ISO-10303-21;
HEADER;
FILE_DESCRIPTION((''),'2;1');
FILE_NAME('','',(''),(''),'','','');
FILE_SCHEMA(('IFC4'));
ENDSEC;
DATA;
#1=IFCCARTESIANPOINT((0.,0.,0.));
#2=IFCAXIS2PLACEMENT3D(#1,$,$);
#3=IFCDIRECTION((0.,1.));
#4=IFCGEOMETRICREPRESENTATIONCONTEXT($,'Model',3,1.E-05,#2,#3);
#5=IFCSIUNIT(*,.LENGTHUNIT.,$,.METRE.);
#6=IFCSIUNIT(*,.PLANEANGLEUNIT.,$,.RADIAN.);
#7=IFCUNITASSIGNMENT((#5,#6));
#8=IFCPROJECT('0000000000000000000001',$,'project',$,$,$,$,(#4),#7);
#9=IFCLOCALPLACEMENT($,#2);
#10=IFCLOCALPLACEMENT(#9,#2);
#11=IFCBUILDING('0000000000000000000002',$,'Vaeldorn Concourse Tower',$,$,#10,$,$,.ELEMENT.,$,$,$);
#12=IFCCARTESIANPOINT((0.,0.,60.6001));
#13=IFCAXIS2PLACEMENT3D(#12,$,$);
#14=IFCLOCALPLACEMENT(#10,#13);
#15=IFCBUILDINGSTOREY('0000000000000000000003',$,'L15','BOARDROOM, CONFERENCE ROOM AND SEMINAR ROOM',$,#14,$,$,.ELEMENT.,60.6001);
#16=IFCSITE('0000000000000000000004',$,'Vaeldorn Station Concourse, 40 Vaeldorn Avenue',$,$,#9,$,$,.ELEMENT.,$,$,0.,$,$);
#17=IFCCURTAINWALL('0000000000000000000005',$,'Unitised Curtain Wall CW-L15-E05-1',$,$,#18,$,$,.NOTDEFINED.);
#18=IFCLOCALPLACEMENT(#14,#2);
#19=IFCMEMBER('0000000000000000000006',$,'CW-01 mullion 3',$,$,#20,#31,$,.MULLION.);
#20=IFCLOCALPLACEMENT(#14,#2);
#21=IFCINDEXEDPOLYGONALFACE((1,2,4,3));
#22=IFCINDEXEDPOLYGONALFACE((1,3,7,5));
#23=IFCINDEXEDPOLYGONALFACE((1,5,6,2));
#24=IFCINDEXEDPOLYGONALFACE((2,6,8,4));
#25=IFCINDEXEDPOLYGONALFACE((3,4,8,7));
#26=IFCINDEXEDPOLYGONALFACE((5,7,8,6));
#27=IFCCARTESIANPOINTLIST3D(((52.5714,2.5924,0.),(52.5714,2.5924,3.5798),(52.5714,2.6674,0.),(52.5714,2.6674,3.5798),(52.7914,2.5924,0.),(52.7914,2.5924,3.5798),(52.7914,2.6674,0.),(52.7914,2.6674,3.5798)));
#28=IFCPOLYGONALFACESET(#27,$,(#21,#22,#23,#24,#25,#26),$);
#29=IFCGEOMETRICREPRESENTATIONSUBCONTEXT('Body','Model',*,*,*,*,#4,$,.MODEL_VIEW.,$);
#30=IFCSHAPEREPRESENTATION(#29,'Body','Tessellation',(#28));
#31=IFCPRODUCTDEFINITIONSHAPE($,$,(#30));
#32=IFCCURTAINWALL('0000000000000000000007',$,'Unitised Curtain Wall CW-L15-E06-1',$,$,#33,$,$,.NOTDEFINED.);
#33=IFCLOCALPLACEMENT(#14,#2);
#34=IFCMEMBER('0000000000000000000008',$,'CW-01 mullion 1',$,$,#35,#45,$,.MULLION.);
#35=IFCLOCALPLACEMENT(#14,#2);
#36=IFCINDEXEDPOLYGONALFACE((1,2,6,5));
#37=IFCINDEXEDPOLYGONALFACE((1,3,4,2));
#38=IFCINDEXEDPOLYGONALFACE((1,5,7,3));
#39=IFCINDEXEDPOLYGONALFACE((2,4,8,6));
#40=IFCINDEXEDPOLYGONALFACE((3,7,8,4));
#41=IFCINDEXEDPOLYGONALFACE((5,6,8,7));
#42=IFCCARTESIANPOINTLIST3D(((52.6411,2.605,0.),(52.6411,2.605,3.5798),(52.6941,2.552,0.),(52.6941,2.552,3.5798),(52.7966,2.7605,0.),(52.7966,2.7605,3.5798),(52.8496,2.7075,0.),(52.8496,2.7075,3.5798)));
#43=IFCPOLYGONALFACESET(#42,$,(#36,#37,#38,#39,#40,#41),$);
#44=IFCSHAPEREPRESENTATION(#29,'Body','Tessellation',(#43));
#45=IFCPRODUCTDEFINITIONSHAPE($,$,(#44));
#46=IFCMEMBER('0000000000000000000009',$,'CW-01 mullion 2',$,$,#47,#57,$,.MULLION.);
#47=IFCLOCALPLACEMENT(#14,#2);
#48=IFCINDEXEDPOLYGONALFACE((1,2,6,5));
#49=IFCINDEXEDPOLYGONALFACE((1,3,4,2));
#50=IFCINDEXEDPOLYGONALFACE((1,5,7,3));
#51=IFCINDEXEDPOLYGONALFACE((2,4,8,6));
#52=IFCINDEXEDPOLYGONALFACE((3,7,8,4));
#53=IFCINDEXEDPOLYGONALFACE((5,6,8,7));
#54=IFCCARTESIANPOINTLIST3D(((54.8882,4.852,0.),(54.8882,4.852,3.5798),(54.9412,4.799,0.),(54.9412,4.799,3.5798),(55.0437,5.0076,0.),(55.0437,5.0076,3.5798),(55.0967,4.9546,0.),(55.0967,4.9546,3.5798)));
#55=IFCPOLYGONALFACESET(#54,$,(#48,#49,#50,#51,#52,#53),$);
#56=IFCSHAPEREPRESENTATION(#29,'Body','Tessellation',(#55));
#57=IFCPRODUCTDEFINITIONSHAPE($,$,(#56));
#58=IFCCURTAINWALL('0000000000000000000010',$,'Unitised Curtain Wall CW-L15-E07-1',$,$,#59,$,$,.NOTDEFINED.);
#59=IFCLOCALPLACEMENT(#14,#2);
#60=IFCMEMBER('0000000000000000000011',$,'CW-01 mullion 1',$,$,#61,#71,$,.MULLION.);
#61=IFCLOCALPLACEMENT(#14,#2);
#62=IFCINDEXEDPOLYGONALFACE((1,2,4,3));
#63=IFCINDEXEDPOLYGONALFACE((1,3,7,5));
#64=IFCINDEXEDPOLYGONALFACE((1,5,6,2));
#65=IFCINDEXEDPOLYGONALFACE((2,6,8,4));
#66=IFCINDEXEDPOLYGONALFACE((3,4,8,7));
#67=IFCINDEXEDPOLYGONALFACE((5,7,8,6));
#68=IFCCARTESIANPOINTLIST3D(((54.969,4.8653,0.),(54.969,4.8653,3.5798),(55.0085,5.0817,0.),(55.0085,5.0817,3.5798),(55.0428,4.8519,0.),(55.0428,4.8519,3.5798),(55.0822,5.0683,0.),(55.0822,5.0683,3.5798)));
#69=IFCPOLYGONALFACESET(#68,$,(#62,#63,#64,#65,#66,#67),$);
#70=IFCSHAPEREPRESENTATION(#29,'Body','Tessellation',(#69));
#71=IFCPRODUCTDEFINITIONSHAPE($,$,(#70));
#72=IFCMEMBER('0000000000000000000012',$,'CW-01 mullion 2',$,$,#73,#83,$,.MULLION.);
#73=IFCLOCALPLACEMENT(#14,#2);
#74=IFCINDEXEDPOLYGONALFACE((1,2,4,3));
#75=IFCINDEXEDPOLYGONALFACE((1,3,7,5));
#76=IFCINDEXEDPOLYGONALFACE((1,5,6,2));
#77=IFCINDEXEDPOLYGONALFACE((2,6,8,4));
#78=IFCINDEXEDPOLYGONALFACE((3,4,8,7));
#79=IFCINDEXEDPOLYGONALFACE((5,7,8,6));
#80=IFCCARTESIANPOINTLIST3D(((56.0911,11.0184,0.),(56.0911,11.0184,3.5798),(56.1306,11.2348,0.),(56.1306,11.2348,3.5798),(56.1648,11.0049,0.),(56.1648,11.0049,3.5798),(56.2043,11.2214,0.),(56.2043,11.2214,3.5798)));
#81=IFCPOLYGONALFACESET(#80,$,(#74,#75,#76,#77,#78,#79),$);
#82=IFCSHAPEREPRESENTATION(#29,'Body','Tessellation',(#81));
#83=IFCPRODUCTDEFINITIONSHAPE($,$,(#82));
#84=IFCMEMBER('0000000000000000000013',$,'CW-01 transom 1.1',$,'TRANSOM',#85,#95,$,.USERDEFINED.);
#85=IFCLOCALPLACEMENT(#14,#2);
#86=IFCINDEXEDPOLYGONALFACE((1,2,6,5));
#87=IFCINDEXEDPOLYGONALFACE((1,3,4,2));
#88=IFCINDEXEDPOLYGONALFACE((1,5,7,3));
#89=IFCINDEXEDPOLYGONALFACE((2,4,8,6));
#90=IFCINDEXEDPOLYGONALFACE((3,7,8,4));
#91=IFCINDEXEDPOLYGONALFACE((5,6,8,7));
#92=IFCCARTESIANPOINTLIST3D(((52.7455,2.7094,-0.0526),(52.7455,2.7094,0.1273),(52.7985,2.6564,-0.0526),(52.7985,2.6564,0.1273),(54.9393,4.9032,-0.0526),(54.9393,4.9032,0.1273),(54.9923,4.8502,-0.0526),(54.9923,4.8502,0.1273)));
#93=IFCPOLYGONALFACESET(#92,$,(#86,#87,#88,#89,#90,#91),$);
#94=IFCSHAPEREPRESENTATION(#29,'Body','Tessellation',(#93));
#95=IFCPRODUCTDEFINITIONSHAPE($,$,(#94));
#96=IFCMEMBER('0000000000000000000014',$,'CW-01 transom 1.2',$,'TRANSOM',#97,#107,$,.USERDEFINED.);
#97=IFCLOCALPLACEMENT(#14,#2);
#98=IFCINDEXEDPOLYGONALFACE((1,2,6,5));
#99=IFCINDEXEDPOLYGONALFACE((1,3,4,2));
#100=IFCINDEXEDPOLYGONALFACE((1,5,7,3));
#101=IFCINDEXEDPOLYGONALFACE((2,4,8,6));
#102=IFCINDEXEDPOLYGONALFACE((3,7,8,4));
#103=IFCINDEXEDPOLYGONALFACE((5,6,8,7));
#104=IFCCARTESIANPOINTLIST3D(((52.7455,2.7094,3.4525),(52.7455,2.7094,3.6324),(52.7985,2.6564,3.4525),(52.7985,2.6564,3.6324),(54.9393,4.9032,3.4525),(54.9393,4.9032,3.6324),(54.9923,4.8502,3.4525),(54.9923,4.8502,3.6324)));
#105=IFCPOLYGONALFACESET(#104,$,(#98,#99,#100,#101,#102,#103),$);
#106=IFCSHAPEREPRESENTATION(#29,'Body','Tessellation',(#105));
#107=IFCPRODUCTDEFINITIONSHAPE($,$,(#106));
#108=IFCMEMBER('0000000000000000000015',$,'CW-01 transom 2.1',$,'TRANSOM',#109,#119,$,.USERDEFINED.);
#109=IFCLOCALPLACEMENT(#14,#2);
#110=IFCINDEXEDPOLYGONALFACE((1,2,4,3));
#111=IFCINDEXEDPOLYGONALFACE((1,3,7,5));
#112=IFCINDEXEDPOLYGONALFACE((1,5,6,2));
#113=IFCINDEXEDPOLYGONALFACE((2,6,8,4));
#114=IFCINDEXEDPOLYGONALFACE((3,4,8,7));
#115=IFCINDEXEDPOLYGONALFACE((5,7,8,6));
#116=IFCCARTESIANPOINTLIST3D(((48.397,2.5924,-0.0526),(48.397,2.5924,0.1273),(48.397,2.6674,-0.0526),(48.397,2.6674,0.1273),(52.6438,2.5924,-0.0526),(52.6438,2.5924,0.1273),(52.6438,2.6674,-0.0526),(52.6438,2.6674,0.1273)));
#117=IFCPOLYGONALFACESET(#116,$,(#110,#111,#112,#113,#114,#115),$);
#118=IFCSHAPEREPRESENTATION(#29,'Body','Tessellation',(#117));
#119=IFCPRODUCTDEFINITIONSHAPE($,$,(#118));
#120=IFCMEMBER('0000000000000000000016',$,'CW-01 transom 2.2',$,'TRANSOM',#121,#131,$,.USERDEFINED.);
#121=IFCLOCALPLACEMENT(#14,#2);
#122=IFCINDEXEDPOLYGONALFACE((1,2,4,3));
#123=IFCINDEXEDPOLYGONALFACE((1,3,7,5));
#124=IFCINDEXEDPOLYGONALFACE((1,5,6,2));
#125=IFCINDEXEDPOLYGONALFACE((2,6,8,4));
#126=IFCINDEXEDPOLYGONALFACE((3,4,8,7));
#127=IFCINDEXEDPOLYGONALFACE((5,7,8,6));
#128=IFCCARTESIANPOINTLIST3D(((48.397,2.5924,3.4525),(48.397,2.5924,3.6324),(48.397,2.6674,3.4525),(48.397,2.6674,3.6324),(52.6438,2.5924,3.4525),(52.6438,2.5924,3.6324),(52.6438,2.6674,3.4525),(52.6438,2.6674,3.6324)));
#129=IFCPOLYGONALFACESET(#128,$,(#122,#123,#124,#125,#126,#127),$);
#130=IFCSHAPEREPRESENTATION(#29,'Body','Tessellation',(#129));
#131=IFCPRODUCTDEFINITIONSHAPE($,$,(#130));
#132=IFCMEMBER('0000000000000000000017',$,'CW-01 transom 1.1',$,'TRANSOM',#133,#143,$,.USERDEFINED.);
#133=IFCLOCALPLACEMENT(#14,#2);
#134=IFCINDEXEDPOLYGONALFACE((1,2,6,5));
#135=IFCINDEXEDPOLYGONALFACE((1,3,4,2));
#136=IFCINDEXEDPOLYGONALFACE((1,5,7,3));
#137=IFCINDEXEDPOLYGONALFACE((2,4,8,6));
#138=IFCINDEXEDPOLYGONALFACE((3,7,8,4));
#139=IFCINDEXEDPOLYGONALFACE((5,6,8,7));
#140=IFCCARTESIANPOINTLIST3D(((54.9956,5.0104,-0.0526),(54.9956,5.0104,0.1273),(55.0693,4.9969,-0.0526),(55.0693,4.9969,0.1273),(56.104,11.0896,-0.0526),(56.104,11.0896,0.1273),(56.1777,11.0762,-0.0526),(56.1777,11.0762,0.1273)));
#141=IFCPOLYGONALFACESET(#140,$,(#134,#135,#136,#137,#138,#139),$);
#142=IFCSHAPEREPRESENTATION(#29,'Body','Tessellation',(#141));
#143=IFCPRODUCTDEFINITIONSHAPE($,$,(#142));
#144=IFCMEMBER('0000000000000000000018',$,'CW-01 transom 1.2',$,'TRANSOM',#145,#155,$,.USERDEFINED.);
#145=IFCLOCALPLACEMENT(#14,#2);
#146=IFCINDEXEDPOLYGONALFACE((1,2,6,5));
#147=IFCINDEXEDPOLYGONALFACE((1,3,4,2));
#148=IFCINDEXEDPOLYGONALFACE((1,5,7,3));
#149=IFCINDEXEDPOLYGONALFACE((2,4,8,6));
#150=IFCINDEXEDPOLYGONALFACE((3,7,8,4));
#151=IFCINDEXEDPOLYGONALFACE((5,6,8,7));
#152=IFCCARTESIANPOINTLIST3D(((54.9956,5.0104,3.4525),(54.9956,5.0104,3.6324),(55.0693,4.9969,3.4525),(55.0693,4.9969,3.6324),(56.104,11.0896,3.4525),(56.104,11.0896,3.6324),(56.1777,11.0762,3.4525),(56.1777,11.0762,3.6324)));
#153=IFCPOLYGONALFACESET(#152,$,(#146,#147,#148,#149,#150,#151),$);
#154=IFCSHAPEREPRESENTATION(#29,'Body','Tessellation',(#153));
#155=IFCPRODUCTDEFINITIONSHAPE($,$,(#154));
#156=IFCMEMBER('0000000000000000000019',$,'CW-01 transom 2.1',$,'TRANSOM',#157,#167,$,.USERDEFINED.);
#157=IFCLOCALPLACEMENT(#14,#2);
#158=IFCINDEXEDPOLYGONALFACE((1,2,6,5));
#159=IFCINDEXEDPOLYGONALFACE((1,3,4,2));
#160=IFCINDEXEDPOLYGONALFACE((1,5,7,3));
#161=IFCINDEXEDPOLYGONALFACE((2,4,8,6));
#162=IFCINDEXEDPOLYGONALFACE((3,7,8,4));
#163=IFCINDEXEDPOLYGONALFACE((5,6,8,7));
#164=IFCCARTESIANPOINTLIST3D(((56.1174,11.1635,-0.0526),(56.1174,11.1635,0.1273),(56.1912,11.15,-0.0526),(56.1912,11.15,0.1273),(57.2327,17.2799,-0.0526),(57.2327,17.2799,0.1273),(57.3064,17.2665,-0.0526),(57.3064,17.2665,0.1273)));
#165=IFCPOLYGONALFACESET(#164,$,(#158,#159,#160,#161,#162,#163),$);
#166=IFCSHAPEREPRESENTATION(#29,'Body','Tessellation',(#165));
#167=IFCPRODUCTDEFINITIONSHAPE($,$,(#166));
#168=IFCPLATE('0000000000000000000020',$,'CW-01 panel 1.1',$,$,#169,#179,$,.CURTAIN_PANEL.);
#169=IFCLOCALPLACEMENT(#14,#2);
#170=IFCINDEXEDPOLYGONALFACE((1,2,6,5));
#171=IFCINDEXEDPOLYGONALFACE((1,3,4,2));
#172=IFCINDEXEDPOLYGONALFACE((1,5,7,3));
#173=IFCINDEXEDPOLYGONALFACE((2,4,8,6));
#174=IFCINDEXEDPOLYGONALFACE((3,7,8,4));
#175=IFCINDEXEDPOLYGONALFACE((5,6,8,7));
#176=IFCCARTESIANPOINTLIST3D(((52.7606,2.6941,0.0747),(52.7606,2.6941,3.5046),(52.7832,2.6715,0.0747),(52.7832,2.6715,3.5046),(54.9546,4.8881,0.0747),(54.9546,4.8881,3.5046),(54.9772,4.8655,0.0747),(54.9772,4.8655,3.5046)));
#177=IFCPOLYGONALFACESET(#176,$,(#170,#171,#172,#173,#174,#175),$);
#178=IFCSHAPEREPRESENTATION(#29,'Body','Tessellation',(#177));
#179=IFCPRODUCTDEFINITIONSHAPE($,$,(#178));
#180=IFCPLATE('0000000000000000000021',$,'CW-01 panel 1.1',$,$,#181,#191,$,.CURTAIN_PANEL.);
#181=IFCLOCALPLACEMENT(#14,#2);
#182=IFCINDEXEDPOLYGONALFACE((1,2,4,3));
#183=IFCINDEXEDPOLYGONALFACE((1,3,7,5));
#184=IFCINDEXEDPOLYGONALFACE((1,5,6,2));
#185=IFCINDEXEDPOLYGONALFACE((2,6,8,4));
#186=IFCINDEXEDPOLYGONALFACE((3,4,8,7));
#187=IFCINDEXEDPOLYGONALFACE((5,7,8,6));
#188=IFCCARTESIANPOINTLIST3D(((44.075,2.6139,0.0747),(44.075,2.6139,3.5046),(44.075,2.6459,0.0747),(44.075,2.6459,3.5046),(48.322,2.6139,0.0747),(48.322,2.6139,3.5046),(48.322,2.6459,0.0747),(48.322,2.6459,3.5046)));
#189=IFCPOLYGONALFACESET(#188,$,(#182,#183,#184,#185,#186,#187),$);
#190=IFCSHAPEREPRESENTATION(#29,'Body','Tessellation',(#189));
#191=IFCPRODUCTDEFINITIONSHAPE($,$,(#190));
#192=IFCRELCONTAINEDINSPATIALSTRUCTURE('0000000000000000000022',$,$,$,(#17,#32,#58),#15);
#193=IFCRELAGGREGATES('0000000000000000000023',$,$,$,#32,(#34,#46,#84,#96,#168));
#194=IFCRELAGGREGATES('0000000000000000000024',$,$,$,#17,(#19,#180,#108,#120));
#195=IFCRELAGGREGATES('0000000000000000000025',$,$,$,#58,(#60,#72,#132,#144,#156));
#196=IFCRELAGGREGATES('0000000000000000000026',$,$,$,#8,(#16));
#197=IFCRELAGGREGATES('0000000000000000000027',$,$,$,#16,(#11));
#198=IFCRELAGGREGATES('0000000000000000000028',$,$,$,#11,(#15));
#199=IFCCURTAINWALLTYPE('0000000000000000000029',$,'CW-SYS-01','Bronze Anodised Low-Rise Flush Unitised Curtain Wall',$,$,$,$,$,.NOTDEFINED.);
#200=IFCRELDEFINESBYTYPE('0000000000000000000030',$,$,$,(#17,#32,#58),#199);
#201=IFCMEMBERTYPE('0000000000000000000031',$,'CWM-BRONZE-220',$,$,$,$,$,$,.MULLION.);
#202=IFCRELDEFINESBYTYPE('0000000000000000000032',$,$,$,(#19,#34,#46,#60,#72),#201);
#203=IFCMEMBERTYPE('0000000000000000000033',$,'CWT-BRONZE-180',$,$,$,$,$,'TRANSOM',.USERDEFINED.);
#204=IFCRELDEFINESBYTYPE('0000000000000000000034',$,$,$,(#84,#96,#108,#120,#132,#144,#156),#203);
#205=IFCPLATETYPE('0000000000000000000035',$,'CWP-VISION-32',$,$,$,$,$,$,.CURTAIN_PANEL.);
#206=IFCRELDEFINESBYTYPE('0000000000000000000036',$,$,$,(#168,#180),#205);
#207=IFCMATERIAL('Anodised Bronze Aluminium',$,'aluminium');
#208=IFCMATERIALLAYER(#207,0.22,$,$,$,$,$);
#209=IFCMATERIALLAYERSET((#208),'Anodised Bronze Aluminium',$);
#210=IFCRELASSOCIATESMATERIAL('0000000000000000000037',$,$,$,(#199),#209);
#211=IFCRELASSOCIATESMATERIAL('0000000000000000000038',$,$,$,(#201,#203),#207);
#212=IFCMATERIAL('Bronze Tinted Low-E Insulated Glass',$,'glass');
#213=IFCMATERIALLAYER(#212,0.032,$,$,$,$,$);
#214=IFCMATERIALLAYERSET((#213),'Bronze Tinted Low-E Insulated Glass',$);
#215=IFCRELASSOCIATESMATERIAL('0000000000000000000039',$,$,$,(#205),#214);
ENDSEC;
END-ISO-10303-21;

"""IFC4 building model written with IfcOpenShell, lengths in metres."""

from ifc_helpers import new_model, si_unit, direction, frame, origin, origin_2d, place, context, subcontext, project, spatial, rectangle, extrude, source, transform, mapped, material, layer, layer_set, material_profile, profile_set, type_object, element, aggregate, save


model = new_model("IFC4")

# Units and contexts
model_context = context("Model", 3, precision=1e-05, world=origin(), true_north=direction((0.0, 1.0)))
body_context = subcontext(model_context, "Body", "Model", "MODEL_VIEW")
ifc_project = project(units=[si_unit("LENGTHUNIT", "METRE"), si_unit("PLANEANGLEUNIT", "RADIAN")], contexts=[model_context])

# Site, building, storey
site_placement = place(None, origin())
site = spatial("IfcSite", under=ifc_project, at=site_placement, Name="Vaeldorn Station Concourse, 40 Vaeldorn Avenue", CompositionType="ELEMENT", RefElevation=0.0)
building_placement = place(site_placement, origin())
building = spatial("IfcBuilding", under=site, at=building_placement, Name="Vaeldorn Concourse Tower", CompositionType="ELEMENT")
storey_placement = place(building_placement, frame((0.0, 0.0, 60.6001)))
storey = spatial("IfcBuildingStorey", under=building, at=storey_placement, Name="L15", Description="BOARDROOM, CONFERENCE ROOM AND SEMINAR ROOM", CompositionType="ELEMENT", Elevation=60.6001)

# Curtain walls, members
ifc_material_1 = material(Name="Anodised Bronze Aluminium", Category="aluminium")
ifc_layer_1 = layer(ifc_material_1, 0.22)
ifc_layer_set_1 = layer_set([ifc_layer_1], Name="Anodised Bronze Aluminium")
curtain_wall_type = type_object("IfcCurtainWallType", Name="CW-SYS-01", Description="Bronze Anodised Low-Rise Flush Unitised Curtain Wall", PredefinedType="NOTDEFINED", material=ifc_layer_set_1)
curtain_wall_1_placement = place(storey_placement, origin())
curtain_wall_1 = element("IfcCurtainWall", 1, at=curtain_wall_1_placement, inside=storey, type_object=curtain_wall_type, Name="Unitised Curtain Wall CW-L15-E05-1", PredefinedType="NOTDEFINED")
ifc_material_profile_1 = material_profile(ifc_material_1, rectangle(XDim=0.075, YDim=0.22, at=origin_2d()), Name="CWM 75x220")
ifc_profile_set_1 = profile_set([ifc_material_profile_1], Name="Anodised Bronze Aluminium")
member_type_1 = type_object("IfcMemberType", Name="CWM-BRONZE-220", PredefinedType="MULLION", material=ifc_profile_set_1)
shared_shape_1 = source(origin(), body_context, "Body", "SweptSolid", [
    extrude(rectangle(XDim=0.075, YDim=0.22, at=origin_2d()), origin(), (0.0, 0.0, 1.0), 3.5798),
])
member_1_placement = place(storey_placement, frame((52.6814, 2.6299, 0.0), z_axis=(0.0, 0.0, 1.0), x_axis=(0.0, 1.0, 0.0)))
member_1 = element("IfcMember", 2, at=member_1_placement, type_object=member_type_1, Name="CW-01 mullion 3", PredefinedType="MULLION", context=body_context, shape_type="MappedRepresentation", body=[
    mapped(shared_shape_1, transform((0.0, 0.0, 0.0), scale=1.0)),
])
curtain_wall_2_placement = place(storey_placement, origin())
curtain_wall_2 = element("IfcCurtainWall", 3, at=curtain_wall_2_placement, inside=storey, type_object=curtain_wall_type, Name="Unitised Curtain Wall CW-L15-E06-1", PredefinedType="NOTDEFINED")
member_2_placement = place(storey_placement, frame((52.7454, 2.6562, 0.0), z_axis=(0.0, 0.0, 1.0), x_axis=(-0.707107, 0.707107, 0.0)))
member_2 = element("IfcMember", 4, at=member_2_placement, type_object=member_type_1, Name="CW-01 mullion 1", PredefinedType="MULLION", context=body_context, shape_type="MappedRepresentation", body=[
    mapped(shared_shape_1, transform((0.0, 0.0, 0.0), scale=1.0)),
])
member_3_placement = place(storey_placement, frame((54.9924, 4.9033, 0.0), z_axis=(0.0, 0.0, 1.0), x_axis=(-0.707107, 0.707107, 0.0)))
member_3 = element("IfcMember", 5, at=member_3_placement, type_object=member_type_1, Name="CW-01 mullion 2", PredefinedType="MULLION", context=body_context, shape_type="MappedRepresentation", body=[
    mapped(shared_shape_1, transform((0.0, 0.0, 0.0), scale=1.0)),
])
curtain_wall_3_placement = place(storey_placement, origin())
curtain_wall_3 = element("IfcCurtainWall", 6, at=curtain_wall_3_placement, inside=storey, type_object=curtain_wall_type, Name="Unitised Curtain Wall CW-L15-E07-1", PredefinedType="NOTDEFINED")
member_4_placement = place(storey_placement, frame((55.0256, 4.9668, 0.0), z_axis=(0.0, 0.0, 1.0), x_axis=(-0.983779, 0.179384, 0.0)))
member_4 = element("IfcMember", 7, at=member_4_placement, type_object=member_type_1, Name="CW-01 mullion 1", PredefinedType="MULLION", context=body_context, shape_type="MappedRepresentation", body=[
    mapped(shared_shape_1, transform((0.0, 0.0, 0.0), scale=1.0)),
])
member_5_placement = place(storey_placement, frame((56.1477, 11.1199, 0.0), z_axis=(0.0, 0.0, 1.0), x_axis=(-0.983779, 0.179384, 0.0)))
member_5 = element("IfcMember", 8, at=member_5_placement, type_object=member_type_1, Name="CW-01 mullion 2", PredefinedType="MULLION", context=body_context, shape_type="MappedRepresentation", body=[
    mapped(shared_shape_1, transform((0.0, 0.0, 0.0), scale=1.0)),
])

# Members
ifc_material_profile_2 = material_profile(ifc_material_1, rectangle(XDim=0.075, YDim=0.1799, at=origin_2d()), Name="CWT 75x180")
ifc_profile_set_2 = profile_set([ifc_material_profile_2], Name="Anodised Bronze Aluminium")
member_type_2 = type_object("IfcMemberType", Name="CWT-BRONZE-180", ElementType="TRANSOM", PredefinedType="USERDEFINED", material=ifc_profile_set_2)
shared_shape_2 = source(origin(), body_context, "Body", "SweptSolid", [
    extrude(rectangle(XDim=0.075, YDim=0.1799, at=origin_2d()), origin(), (0.0, 0.0, 1.0), 3.1025),
])
member_6_placement = place(storey_placement, frame((52.772, 2.6829, 0.0374), z_axis=(0.707107, 0.707107, 0.0), x_axis=(-0.707107, 0.707107, 0.0)))
member_6 = element("IfcMember", 9, at=member_6_placement, type_object=member_type_2, Name="CW-01 transom 1.1", ObjectType="TRANSOM", PredefinedType="USERDEFINED", context=body_context, shape_type="MappedRepresentation", body=[
    mapped(shared_shape_2, transform((0.0, 0.0, 0.0), scale=1.0)),
])
member_7_placement = place(storey_placement, frame((52.772, 2.6829, 3.5425), z_axis=(0.707107, 0.707107, 0.0), x_axis=(-0.707107, 0.707107, 0.0)))
member_7 = element("IfcMember", 10, at=member_7_placement, type_object=member_type_2, Name="CW-01 transom 1.2", ObjectType="TRANSOM", PredefinedType="USERDEFINED", context=body_context, shape_type="MappedRepresentation", body=[
    mapped(shared_shape_2, transform((0.0, 0.0, 0.0), scale=1.0)),
])
shared_shape_3 = source(origin(), body_context, "Body", "SweptSolid", [
    extrude(rectangle(XDim=0.075, YDim=0.1799, at=origin_2d()), origin(), (0.0, 0.0, 1.0), 4.2468),
])
member_8_placement = place(storey_placement, frame((48.397, 2.6299, 0.0374), z_axis=(1.0, 0.0, 0.0), x_axis=(0.0, 1.0, 0.0)))
member_8 = element("IfcMember", 11, at=member_8_placement, type_object=member_type_2, Name="CW-01 transom 2.1", ObjectType="TRANSOM", PredefinedType="USERDEFINED", context=body_context, shape_type="MappedRepresentation", body=[
    mapped(shared_shape_3, transform((0.0, 0.0, 0.0), scale=1.0)),
])
member_9_placement = place(storey_placement, frame((48.397, 2.6299, 3.5425), z_axis=(1.0, 0.0, 0.0), x_axis=(0.0, 1.0, 0.0)))
member_9 = element("IfcMember", 12, at=member_9_placement, type_object=member_type_2, Name="CW-01 transom 2.2", ObjectType="TRANSOM", PredefinedType="USERDEFINED", context=body_context, shape_type="MappedRepresentation", body=[
    mapped(shared_shape_3, transform((0.0, 0.0, 0.0), scale=1.0)),
])
shared_shape_4 = source(origin(), body_context, "Body", "SweptSolid", [
    extrude(rectangle(XDim=0.075, YDim=0.1799, at=origin_2d()), origin(), (0.0, 0.0, 1.0), 6.1794),
])
member_10_placement = place(storey_placement, frame((55.0325, 5.0037, 0.0374), z_axis=(0.179365, 0.983783, 0.0), x_axis=(-0.983783, 0.179365, 0.0)))
member_10 = element("IfcMember", 13, at=member_10_placement, type_object=member_type_2, Name="CW-01 transom 1.1", ObjectType="TRANSOM", PredefinedType="USERDEFINED", context=body_context, shape_type="MappedRepresentation", body=[
    mapped(shared_shape_4, transform((0.0, 0.0, 0.0), scale=1.0)),
])
member_11_placement = place(storey_placement, frame((55.0325, 5.0037, 3.5425), z_axis=(0.179365, 0.983783, 0.0), x_axis=(-0.983783, 0.179365, 0.0)))
member_11 = element("IfcMember", 14, at=member_11_placement, type_object=member_type_2, Name="CW-01 transom 1.2", ObjectType="TRANSOM", PredefinedType="USERDEFINED", context=body_context, shape_type="MappedRepresentation", body=[
    mapped(shared_shape_4, transform((0.0, 0.0, 0.0), scale=1.0)),
])
shared_shape_5 = source(origin(), body_context, "Body", "SweptSolid", [
    extrude(rectangle(XDim=0.075, YDim=0.1799, at=origin_2d()), origin(), (0.0, 0.0, 1.0), 6.2173),
])
member_12_placement = place(storey_placement, frame((56.1543, 11.1567, 0.0374), z_axis=(0.179376, 0.983781, 0.0), x_axis=(-0.983781, 0.179376, 0.0)))
member_12 = element("IfcMember", 15, at=member_12_placement, type_object=member_type_2, Name="CW-01 transom 2.1", ObjectType="TRANSOM", PredefinedType="USERDEFINED", context=body_context, shape_type="MappedRepresentation", body=[
    mapped(shared_shape_5, transform((0.0, 0.0, 0.0), scale=1.0)),
])

# Plates
ifc_material_2 = material(Name="Bronze Tinted Low-E Insulated Glass", Category="glass")
ifc_layer_2 = layer(ifc_material_2, 0.032)
ifc_layer_set_2 = layer_set([ifc_layer_2], Name="Bronze Tinted Low-E Insulated Glass")
plate_type = type_object("IfcPlateType", Name="CWP-VISION-32", PredefinedType="CURTAIN_PANEL", material=ifc_layer_set_2)
shared_shape_6 = source(origin(), body_context, "Body", "SweptSolid", [
    extrude(rectangle(XDim=3.1028, YDim=0.032, at=origin_2d()), origin(), (0.0, 0.0, 1.0), 3.4299),
])
plate_1_placement = place(storey_placement, frame((53.8689, 3.7798, 0.0747), z_axis=(0.0, 0.0, 1.0), x_axis=(0.707107, 0.707107, 0.0)))
plate_1 = element("IfcPlate", 16, at=plate_1_placement, type_object=plate_type, Name="CW-01 panel 1.1", PredefinedType="CURTAIN_PANEL", context=body_context, shape_type="MappedRepresentation", body=[
    mapped(shared_shape_6, transform((0.0, 0.0, 0.0), scale=1.0)),
])
aggregate(curtain_wall_2, [member_2, member_3, member_6, member_7, plate_1])
shared_shape_7 = source(origin(), body_context, "Body", "SweptSolid", [
    extrude(rectangle(XDim=4.2471, YDim=0.032, at=origin_2d()), origin(), (0.0, 0.0, 1.0), 3.4299),
])
plate_2_placement = place(storey_placement, frame((46.1985, 2.6299, 0.0747), z_axis=(0.0, 0.0, 1.0), x_axis=(1.0, 0.0, 0.0)))
plate_2 = element("IfcPlate", 17, at=plate_2_placement, type_object=plate_type, Name="CW-01 panel 1.1", PredefinedType="CURTAIN_PANEL", context=body_context, shape_type="MappedRepresentation", body=[
    mapped(shared_shape_7, transform((0.0, 0.0, 0.0), scale=1.0)),
])
aggregate(curtain_wall_1, [member_1, plate_2, member_8, member_9])
aggregate(curtain_wall_3, [member_4, member_5, member_10, member_11, member_12])

save(model, "model.ifc")
